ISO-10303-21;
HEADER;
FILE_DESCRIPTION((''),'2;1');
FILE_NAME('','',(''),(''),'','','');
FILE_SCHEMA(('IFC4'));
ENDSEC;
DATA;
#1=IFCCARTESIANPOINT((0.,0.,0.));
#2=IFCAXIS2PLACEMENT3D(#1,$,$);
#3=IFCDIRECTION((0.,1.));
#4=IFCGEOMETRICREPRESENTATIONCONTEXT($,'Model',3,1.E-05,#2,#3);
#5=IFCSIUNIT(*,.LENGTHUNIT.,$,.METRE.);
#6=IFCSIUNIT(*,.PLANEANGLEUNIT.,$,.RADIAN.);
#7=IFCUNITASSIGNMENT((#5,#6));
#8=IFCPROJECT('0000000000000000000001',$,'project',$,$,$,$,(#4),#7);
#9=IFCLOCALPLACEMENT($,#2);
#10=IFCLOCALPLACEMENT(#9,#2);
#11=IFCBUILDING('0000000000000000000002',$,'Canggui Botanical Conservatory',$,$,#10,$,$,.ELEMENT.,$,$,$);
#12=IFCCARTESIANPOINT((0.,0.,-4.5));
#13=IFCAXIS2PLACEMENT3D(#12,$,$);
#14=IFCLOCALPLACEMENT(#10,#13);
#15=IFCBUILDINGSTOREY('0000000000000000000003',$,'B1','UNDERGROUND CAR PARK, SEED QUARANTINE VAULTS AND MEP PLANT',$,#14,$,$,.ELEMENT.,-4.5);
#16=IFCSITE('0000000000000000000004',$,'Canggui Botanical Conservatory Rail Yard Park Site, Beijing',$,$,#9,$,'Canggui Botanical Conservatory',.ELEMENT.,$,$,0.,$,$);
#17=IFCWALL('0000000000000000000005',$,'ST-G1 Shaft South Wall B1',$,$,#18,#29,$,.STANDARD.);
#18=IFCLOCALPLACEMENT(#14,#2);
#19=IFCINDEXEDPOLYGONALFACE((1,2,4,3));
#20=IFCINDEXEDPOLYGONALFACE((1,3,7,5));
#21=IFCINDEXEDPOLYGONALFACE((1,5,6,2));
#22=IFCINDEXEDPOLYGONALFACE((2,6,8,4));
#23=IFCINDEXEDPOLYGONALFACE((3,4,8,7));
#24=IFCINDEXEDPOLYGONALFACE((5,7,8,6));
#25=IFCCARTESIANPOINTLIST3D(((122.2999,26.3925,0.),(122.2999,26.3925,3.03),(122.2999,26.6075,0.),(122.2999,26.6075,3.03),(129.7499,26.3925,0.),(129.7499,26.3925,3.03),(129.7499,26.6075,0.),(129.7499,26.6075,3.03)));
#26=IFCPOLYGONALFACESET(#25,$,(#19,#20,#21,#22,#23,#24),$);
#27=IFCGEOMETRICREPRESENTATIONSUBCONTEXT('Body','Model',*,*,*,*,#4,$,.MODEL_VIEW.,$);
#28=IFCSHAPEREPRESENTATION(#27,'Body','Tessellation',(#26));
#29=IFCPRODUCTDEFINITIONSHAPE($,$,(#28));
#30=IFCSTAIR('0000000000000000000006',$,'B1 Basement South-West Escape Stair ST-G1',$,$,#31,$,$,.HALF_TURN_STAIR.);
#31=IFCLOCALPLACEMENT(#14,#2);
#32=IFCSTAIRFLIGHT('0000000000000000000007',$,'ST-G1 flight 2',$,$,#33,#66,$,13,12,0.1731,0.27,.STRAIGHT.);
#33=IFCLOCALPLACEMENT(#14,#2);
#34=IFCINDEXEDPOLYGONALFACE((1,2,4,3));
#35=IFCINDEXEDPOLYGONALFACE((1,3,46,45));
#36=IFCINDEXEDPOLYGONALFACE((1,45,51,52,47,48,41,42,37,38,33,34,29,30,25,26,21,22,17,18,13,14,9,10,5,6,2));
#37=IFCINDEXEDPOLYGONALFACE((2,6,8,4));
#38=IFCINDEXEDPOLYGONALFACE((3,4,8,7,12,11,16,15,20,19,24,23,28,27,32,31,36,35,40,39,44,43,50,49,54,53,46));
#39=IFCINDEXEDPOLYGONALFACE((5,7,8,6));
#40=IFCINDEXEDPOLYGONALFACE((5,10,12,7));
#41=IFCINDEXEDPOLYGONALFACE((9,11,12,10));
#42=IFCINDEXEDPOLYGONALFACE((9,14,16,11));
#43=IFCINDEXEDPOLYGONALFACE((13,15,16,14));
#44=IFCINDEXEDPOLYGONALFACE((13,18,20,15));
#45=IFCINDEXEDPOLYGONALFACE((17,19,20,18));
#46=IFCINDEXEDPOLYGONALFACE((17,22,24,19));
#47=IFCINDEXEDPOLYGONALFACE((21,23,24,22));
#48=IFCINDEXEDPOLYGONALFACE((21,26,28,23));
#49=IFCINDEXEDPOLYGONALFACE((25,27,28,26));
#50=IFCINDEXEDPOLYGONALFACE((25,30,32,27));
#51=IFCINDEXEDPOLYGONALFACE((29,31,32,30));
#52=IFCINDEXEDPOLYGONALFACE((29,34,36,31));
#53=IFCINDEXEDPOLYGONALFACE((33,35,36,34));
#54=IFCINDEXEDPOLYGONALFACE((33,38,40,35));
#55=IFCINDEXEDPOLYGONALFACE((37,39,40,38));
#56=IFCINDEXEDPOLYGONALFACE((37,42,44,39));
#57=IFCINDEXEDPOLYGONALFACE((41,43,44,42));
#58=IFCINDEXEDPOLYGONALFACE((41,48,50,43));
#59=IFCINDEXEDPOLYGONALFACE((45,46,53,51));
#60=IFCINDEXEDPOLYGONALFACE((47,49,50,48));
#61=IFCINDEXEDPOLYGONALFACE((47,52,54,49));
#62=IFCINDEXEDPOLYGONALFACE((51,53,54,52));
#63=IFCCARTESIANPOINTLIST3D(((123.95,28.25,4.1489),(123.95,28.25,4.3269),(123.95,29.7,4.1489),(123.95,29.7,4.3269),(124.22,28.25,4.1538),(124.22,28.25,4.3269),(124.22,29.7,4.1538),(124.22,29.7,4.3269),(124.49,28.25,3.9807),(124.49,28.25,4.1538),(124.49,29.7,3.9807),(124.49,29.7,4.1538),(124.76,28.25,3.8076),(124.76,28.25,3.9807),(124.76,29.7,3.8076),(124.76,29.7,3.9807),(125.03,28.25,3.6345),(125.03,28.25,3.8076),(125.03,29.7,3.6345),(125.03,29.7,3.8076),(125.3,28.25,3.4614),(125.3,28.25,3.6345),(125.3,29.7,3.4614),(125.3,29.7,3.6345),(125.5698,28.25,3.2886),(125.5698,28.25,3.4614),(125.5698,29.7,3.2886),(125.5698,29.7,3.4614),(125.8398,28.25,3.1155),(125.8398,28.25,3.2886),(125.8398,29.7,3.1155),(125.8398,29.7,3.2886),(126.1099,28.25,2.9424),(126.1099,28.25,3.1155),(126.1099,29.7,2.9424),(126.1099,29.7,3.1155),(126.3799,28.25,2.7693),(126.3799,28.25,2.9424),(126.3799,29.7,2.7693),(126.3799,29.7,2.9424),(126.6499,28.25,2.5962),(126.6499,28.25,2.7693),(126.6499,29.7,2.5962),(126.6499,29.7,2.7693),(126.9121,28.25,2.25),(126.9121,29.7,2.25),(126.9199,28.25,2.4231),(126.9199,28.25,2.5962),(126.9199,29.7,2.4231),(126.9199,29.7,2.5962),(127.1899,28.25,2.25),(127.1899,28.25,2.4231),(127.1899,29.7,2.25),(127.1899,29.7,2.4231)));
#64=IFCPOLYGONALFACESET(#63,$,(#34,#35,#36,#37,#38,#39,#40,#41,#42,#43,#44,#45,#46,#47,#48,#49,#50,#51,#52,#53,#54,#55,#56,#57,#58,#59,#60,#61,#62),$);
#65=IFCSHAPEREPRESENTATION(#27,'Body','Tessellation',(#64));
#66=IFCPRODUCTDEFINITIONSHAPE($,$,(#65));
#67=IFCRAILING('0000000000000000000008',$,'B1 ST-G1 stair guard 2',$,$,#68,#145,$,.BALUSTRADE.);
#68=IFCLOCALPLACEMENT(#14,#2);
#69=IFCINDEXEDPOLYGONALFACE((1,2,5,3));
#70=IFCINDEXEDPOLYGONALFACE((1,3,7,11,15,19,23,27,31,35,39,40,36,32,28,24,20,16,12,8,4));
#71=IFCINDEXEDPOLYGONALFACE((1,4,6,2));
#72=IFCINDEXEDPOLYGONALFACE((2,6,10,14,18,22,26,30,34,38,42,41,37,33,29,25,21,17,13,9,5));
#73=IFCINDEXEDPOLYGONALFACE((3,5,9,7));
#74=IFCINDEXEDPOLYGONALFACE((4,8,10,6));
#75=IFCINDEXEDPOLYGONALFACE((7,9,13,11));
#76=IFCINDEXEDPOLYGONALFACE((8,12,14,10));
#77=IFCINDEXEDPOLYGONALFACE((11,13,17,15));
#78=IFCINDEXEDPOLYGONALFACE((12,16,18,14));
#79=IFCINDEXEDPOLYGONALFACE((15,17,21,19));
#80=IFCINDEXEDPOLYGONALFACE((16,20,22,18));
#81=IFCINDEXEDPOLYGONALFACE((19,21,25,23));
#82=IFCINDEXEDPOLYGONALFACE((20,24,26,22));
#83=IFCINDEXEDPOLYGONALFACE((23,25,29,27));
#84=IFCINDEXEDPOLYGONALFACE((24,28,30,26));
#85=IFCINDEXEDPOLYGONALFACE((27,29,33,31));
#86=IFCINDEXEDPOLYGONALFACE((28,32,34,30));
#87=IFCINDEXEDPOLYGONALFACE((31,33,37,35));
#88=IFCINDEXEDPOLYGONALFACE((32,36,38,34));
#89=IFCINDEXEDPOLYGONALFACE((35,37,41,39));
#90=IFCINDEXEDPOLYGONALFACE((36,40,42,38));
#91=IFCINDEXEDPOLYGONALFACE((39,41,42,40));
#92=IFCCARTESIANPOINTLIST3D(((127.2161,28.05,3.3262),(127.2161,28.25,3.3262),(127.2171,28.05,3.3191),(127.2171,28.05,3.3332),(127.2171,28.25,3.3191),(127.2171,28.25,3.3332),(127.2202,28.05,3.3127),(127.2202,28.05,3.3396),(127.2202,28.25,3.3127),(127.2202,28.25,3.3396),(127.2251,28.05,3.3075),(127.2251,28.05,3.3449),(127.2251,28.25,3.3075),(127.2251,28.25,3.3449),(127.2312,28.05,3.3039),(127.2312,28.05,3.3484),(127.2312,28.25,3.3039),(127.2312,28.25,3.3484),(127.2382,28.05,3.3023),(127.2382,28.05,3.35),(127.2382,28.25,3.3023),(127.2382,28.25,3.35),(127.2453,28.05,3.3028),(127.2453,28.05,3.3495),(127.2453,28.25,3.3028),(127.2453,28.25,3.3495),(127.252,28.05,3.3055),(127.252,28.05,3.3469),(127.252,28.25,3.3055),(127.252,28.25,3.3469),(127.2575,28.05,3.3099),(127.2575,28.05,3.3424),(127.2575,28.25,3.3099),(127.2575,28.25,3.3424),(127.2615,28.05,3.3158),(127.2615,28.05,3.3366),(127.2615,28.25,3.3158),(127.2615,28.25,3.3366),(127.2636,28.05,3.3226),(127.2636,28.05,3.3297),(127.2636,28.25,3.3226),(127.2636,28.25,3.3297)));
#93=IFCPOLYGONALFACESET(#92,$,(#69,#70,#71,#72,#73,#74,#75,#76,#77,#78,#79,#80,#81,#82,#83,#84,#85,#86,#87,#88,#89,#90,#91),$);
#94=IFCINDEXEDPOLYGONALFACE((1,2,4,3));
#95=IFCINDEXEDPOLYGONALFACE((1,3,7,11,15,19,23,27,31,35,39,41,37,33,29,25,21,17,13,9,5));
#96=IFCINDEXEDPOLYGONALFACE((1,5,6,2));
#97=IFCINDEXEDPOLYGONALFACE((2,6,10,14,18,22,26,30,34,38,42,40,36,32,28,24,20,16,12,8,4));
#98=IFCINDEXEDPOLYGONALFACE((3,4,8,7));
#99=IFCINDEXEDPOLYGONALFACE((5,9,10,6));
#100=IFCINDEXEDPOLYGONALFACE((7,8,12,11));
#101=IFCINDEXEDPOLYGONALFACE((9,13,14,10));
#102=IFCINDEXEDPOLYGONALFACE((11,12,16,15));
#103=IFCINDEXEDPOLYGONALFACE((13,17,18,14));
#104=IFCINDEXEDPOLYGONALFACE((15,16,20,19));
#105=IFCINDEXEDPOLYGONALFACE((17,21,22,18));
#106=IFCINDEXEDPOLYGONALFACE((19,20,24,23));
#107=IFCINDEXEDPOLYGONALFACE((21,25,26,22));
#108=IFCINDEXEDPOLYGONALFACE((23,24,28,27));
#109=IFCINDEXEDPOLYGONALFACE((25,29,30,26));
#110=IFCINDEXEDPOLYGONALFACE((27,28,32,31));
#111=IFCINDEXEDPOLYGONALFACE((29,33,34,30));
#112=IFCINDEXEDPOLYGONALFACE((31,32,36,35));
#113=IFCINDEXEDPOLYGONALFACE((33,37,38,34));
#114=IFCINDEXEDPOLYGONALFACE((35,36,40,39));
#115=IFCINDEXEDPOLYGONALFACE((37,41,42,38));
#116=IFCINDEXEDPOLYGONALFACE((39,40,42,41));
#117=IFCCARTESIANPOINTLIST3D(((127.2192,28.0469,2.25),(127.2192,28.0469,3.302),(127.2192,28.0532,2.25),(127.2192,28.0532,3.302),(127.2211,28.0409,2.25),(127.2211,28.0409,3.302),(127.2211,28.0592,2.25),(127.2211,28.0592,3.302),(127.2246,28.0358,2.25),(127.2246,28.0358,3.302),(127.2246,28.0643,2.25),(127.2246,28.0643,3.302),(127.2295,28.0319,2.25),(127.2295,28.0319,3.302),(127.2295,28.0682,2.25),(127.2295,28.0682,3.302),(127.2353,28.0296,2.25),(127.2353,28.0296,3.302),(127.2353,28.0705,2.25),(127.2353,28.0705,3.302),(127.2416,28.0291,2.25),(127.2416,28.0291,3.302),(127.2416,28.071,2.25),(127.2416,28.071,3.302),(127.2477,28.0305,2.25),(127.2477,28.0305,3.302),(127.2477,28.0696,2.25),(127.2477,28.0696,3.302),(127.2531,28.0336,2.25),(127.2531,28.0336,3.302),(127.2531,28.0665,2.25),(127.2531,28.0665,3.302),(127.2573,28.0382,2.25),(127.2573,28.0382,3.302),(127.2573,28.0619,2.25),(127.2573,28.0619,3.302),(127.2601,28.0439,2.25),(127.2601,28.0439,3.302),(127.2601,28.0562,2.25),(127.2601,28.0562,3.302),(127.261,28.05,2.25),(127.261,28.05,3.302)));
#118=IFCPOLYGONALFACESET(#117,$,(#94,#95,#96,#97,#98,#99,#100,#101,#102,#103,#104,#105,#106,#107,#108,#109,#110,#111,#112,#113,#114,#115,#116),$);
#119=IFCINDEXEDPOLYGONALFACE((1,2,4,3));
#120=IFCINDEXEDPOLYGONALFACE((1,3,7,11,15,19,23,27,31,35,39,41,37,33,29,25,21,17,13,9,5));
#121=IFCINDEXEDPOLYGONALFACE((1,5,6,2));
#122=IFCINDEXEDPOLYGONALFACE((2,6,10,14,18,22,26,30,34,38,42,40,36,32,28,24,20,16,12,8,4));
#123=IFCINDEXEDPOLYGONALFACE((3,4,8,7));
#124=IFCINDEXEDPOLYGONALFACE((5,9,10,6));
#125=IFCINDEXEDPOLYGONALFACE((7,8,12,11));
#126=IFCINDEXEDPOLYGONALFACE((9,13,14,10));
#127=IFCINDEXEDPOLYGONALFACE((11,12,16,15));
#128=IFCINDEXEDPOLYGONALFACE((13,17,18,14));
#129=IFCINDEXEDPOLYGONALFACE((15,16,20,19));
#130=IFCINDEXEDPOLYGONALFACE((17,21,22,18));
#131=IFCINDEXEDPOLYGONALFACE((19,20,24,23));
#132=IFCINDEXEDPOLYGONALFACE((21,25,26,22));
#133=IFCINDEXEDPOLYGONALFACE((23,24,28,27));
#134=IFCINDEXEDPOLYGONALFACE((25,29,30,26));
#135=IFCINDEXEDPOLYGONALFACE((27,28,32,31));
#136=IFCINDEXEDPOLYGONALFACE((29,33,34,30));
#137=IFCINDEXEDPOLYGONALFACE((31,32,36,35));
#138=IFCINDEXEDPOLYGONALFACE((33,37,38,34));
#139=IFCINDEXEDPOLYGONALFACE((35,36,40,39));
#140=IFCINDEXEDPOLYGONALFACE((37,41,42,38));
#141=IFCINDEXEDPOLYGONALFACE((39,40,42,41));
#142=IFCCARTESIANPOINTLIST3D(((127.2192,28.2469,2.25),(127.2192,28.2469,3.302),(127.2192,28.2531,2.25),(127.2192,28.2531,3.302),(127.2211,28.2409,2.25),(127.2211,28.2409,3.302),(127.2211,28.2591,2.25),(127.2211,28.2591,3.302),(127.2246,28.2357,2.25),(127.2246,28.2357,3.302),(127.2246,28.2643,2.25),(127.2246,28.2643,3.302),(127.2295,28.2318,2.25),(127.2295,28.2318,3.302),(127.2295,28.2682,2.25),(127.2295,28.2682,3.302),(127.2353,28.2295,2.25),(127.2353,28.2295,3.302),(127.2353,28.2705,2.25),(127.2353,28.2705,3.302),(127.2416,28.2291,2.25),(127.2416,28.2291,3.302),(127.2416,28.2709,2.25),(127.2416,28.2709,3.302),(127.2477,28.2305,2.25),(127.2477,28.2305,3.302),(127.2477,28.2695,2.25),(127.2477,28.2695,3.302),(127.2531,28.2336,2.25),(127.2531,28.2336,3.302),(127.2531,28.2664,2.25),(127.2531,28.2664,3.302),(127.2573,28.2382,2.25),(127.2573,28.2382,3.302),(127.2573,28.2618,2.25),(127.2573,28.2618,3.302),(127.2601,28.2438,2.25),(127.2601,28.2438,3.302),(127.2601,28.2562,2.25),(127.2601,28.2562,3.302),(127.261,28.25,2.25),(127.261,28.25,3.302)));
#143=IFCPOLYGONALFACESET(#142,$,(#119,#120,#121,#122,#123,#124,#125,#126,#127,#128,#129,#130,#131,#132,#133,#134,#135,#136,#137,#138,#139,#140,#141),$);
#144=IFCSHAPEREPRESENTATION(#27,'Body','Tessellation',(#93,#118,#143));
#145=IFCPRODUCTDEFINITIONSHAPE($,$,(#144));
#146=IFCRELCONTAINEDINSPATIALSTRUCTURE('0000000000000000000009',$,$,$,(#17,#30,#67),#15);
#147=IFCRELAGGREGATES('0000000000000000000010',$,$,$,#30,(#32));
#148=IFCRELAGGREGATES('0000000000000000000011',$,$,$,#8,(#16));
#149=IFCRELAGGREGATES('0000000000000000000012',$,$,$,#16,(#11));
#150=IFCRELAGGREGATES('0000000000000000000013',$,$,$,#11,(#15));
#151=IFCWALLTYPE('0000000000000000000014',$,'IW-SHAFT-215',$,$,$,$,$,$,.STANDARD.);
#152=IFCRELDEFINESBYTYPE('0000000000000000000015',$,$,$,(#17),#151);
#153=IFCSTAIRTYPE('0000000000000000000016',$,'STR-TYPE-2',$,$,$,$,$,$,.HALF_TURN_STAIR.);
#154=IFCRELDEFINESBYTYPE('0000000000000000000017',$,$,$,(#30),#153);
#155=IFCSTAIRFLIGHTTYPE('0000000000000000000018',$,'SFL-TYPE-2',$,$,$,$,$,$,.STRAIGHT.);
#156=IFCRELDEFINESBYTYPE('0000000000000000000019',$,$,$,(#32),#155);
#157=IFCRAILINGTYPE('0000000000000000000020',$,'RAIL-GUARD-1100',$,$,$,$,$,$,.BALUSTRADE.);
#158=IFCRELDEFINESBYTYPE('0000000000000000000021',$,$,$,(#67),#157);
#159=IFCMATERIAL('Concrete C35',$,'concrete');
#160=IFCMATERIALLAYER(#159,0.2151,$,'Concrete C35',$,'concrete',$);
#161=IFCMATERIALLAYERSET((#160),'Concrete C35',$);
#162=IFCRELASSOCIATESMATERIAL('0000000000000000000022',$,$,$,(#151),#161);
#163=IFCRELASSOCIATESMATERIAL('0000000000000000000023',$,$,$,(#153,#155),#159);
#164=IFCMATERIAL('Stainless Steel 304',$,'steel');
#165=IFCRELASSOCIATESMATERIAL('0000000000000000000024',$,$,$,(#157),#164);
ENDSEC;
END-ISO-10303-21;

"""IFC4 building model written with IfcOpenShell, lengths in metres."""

from ifc_helpers import new_model, si_unit, direction, frame, frame_2d, origin, origin_2d, place, context, subcontext, project, spatial, polyline, rectangle, circle, outline, extrude, material, layer, layer_set, type_object, element, aggregate, save


model = new_model("IFC4")

# Units and contexts
model_context = context("Model", 3, precision=1e-05, world=origin(), true_north=direction((0.0, 1.0)))
body_context = subcontext(model_context, "Body", "Model", "MODEL_VIEW")
ifc_project = project(units=[si_unit("LENGTHUNIT", "METRE"), si_unit("PLANEANGLEUNIT", "RADIAN")], contexts=[model_context])

# Site, building, storey
site_placement = place(None, origin())
site = spatial("IfcSite", under=ifc_project, at=site_placement, Name="Canggui Botanical Conservatory Rail Yard Park Site, Beijing", LongName="Canggui Botanical Conservatory", CompositionType="ELEMENT", RefElevation=0.0)
building_placement = place(site_placement, origin())
building = spatial("IfcBuilding", under=site, at=building_placement, Name="Canggui Botanical Conservatory", CompositionType="ELEMENT")
storey_placement = place(building_placement, frame((0.0, 0.0, -4.5)))
storey = spatial("IfcBuildingStorey", under=building, at=storey_placement, Name="B1", Description="UNDERGROUND CAR PARK, SEED QUARANTINE VAULTS AND MEP PLANT", CompositionType="ELEMENT", Elevation=-4.5)

# Shared definitions
ifc_material_1 = material(Name="Concrete C35", Category="concrete")

# Wall
ifc_layer = layer(ifc_material_1, 0.2151, Name="Concrete C35", Category="concrete")
ifc_layer_set = layer_set([ifc_layer], Name="Concrete C35")
wall_type = type_object("IfcWallType", Name="IW-SHAFT-215", PredefinedType="STANDARD", material=ifc_layer_set)
wall_1_placement = place(storey_placement, frame((129.75, 26.5, 0.0), z_axis=(0.0, 0.0, 1.0), x_axis=(-1.0, 0.0, 0.0)))
element("IfcWall", 1, at=wall_1_placement, inside=storey, type_object=wall_type, Name="ST-G1 Shaft South Wall B1", PredefinedType="STANDARD", context=body_context, shape_type="SweptSolid", body=[
    extrude(rectangle(XDim=7.45, YDim=0.2151, at=frame_2d((3.7251, 0.0))), origin(), (0.0, 0.0, 1.0), 3.03),
])

# Stair, stair flight
stair_type = type_object("IfcStairType", Name="STR-TYPE-2", PredefinedType="HALF_TURN_STAIR", material=ifc_material_1)
stair_placement = place(storey_placement, origin())
stair = element("IfcStair", 2, at=stair_placement, inside=storey, type_object=stair_type, Name="B1 Basement South-West Escape Stair ST-G1", PredefinedType="HALF_TURN_STAIR")
stair_flight_type = type_object("IfcStairFlightType", Name="SFL-TYPE-2", PredefinedType="STRAIGHT", material=ifc_material_1)
stair_flight_placement = place(storey_placement, frame((127.1899, 28.9751, 2.25), z_axis=(0.0, 0.0, 1.0), x_axis=(-1.0, 0.0, 0.0)))
stair_flight = element("IfcStairFlight", 3, at=stair_flight_placement, type_object=stair_flight_type, Name="ST-G1 flight 2", NumberOfRisers=13, NumberOfTreads=12, PredefinedType="STRAIGHT", RiserHeight=0.1731, TreadLength=0.27, context=body_context, shape_type="SweptSolid", body=[
    extrude(outline(polyline([(0.0, 0.0), (0.0, 0.1731), (0.27, 0.1731), (0.27, 0.3462), (0.54, 0.3462), (0.54, 0.5193), (0.8101, 0.5193), (0.8101, 0.6924), (1.0801, 0.6924), (1.0801, 0.8655), (1.3501, 0.8655), (1.3501, 1.0386), (1.6201, 1.0386), (1.6201, 1.2114), (1.8899, 1.2114), (1.8899, 1.3845), (2.1599, 1.3845), (2.1599, 1.5576), (2.4299, 1.5576), (2.4299, 1.7307), (2.7, 1.7307), (2.7, 1.9038), (2.97, 1.9038), (2.97, 2.0769), (3.24, 2.0769), (3.24, 2.25), (3.24, 1.8989), (0.2778, 0.0), (0.0, 0.0)])), frame((0.0, 0.7251, 0.0), z_axis=(0.0, -1.0, 0.0), x_axis=(1.0, 0.0, 0.0)), (0.0, 0.0, 1.0), 1.45),
])
aggregate(stair, [stair_flight])

# Railing
ifc_material_2 = material(Name="Stainless Steel 304", Category="steel")
railing_type_1 = type_object("IfcRailingType", Name="RAIL-GUARD-1100", PredefinedType="BALUSTRADE", material=ifc_material_2)
railing_1_placement = place(storey_placement, frame((127.24, 28.05, 2.25)))
element("IfcRailing", 4, at=railing_1_placement, inside=storey, type_object=railing_type_1, Name="B1 ST-G1 stair guard 2", PredefinedType="BALUSTRADE", context=body_context, shape_type="SweptSolid", body=[
    extrude(circle(Radius=0.0239, at=origin_2d()), frame((0.0, 0.0, 1.0762), z_axis=(0.0, 1.0, 0.0), x_axis=(-1.0, 0.0, 0.0)), (0.0, 0.0, 1.0), 0.2),
    extrude(circle(Radius=0.021, at=origin_2d()), origin(), (0.0, 0.0, 1.0), 1.052),
    extrude(circle(Radius=0.021, at=origin_2d()), frame((0.0, 0.2, 0.0)), (0.0, 0.0, 1.0), 1.052),
])

save(model, "model.ifc")
